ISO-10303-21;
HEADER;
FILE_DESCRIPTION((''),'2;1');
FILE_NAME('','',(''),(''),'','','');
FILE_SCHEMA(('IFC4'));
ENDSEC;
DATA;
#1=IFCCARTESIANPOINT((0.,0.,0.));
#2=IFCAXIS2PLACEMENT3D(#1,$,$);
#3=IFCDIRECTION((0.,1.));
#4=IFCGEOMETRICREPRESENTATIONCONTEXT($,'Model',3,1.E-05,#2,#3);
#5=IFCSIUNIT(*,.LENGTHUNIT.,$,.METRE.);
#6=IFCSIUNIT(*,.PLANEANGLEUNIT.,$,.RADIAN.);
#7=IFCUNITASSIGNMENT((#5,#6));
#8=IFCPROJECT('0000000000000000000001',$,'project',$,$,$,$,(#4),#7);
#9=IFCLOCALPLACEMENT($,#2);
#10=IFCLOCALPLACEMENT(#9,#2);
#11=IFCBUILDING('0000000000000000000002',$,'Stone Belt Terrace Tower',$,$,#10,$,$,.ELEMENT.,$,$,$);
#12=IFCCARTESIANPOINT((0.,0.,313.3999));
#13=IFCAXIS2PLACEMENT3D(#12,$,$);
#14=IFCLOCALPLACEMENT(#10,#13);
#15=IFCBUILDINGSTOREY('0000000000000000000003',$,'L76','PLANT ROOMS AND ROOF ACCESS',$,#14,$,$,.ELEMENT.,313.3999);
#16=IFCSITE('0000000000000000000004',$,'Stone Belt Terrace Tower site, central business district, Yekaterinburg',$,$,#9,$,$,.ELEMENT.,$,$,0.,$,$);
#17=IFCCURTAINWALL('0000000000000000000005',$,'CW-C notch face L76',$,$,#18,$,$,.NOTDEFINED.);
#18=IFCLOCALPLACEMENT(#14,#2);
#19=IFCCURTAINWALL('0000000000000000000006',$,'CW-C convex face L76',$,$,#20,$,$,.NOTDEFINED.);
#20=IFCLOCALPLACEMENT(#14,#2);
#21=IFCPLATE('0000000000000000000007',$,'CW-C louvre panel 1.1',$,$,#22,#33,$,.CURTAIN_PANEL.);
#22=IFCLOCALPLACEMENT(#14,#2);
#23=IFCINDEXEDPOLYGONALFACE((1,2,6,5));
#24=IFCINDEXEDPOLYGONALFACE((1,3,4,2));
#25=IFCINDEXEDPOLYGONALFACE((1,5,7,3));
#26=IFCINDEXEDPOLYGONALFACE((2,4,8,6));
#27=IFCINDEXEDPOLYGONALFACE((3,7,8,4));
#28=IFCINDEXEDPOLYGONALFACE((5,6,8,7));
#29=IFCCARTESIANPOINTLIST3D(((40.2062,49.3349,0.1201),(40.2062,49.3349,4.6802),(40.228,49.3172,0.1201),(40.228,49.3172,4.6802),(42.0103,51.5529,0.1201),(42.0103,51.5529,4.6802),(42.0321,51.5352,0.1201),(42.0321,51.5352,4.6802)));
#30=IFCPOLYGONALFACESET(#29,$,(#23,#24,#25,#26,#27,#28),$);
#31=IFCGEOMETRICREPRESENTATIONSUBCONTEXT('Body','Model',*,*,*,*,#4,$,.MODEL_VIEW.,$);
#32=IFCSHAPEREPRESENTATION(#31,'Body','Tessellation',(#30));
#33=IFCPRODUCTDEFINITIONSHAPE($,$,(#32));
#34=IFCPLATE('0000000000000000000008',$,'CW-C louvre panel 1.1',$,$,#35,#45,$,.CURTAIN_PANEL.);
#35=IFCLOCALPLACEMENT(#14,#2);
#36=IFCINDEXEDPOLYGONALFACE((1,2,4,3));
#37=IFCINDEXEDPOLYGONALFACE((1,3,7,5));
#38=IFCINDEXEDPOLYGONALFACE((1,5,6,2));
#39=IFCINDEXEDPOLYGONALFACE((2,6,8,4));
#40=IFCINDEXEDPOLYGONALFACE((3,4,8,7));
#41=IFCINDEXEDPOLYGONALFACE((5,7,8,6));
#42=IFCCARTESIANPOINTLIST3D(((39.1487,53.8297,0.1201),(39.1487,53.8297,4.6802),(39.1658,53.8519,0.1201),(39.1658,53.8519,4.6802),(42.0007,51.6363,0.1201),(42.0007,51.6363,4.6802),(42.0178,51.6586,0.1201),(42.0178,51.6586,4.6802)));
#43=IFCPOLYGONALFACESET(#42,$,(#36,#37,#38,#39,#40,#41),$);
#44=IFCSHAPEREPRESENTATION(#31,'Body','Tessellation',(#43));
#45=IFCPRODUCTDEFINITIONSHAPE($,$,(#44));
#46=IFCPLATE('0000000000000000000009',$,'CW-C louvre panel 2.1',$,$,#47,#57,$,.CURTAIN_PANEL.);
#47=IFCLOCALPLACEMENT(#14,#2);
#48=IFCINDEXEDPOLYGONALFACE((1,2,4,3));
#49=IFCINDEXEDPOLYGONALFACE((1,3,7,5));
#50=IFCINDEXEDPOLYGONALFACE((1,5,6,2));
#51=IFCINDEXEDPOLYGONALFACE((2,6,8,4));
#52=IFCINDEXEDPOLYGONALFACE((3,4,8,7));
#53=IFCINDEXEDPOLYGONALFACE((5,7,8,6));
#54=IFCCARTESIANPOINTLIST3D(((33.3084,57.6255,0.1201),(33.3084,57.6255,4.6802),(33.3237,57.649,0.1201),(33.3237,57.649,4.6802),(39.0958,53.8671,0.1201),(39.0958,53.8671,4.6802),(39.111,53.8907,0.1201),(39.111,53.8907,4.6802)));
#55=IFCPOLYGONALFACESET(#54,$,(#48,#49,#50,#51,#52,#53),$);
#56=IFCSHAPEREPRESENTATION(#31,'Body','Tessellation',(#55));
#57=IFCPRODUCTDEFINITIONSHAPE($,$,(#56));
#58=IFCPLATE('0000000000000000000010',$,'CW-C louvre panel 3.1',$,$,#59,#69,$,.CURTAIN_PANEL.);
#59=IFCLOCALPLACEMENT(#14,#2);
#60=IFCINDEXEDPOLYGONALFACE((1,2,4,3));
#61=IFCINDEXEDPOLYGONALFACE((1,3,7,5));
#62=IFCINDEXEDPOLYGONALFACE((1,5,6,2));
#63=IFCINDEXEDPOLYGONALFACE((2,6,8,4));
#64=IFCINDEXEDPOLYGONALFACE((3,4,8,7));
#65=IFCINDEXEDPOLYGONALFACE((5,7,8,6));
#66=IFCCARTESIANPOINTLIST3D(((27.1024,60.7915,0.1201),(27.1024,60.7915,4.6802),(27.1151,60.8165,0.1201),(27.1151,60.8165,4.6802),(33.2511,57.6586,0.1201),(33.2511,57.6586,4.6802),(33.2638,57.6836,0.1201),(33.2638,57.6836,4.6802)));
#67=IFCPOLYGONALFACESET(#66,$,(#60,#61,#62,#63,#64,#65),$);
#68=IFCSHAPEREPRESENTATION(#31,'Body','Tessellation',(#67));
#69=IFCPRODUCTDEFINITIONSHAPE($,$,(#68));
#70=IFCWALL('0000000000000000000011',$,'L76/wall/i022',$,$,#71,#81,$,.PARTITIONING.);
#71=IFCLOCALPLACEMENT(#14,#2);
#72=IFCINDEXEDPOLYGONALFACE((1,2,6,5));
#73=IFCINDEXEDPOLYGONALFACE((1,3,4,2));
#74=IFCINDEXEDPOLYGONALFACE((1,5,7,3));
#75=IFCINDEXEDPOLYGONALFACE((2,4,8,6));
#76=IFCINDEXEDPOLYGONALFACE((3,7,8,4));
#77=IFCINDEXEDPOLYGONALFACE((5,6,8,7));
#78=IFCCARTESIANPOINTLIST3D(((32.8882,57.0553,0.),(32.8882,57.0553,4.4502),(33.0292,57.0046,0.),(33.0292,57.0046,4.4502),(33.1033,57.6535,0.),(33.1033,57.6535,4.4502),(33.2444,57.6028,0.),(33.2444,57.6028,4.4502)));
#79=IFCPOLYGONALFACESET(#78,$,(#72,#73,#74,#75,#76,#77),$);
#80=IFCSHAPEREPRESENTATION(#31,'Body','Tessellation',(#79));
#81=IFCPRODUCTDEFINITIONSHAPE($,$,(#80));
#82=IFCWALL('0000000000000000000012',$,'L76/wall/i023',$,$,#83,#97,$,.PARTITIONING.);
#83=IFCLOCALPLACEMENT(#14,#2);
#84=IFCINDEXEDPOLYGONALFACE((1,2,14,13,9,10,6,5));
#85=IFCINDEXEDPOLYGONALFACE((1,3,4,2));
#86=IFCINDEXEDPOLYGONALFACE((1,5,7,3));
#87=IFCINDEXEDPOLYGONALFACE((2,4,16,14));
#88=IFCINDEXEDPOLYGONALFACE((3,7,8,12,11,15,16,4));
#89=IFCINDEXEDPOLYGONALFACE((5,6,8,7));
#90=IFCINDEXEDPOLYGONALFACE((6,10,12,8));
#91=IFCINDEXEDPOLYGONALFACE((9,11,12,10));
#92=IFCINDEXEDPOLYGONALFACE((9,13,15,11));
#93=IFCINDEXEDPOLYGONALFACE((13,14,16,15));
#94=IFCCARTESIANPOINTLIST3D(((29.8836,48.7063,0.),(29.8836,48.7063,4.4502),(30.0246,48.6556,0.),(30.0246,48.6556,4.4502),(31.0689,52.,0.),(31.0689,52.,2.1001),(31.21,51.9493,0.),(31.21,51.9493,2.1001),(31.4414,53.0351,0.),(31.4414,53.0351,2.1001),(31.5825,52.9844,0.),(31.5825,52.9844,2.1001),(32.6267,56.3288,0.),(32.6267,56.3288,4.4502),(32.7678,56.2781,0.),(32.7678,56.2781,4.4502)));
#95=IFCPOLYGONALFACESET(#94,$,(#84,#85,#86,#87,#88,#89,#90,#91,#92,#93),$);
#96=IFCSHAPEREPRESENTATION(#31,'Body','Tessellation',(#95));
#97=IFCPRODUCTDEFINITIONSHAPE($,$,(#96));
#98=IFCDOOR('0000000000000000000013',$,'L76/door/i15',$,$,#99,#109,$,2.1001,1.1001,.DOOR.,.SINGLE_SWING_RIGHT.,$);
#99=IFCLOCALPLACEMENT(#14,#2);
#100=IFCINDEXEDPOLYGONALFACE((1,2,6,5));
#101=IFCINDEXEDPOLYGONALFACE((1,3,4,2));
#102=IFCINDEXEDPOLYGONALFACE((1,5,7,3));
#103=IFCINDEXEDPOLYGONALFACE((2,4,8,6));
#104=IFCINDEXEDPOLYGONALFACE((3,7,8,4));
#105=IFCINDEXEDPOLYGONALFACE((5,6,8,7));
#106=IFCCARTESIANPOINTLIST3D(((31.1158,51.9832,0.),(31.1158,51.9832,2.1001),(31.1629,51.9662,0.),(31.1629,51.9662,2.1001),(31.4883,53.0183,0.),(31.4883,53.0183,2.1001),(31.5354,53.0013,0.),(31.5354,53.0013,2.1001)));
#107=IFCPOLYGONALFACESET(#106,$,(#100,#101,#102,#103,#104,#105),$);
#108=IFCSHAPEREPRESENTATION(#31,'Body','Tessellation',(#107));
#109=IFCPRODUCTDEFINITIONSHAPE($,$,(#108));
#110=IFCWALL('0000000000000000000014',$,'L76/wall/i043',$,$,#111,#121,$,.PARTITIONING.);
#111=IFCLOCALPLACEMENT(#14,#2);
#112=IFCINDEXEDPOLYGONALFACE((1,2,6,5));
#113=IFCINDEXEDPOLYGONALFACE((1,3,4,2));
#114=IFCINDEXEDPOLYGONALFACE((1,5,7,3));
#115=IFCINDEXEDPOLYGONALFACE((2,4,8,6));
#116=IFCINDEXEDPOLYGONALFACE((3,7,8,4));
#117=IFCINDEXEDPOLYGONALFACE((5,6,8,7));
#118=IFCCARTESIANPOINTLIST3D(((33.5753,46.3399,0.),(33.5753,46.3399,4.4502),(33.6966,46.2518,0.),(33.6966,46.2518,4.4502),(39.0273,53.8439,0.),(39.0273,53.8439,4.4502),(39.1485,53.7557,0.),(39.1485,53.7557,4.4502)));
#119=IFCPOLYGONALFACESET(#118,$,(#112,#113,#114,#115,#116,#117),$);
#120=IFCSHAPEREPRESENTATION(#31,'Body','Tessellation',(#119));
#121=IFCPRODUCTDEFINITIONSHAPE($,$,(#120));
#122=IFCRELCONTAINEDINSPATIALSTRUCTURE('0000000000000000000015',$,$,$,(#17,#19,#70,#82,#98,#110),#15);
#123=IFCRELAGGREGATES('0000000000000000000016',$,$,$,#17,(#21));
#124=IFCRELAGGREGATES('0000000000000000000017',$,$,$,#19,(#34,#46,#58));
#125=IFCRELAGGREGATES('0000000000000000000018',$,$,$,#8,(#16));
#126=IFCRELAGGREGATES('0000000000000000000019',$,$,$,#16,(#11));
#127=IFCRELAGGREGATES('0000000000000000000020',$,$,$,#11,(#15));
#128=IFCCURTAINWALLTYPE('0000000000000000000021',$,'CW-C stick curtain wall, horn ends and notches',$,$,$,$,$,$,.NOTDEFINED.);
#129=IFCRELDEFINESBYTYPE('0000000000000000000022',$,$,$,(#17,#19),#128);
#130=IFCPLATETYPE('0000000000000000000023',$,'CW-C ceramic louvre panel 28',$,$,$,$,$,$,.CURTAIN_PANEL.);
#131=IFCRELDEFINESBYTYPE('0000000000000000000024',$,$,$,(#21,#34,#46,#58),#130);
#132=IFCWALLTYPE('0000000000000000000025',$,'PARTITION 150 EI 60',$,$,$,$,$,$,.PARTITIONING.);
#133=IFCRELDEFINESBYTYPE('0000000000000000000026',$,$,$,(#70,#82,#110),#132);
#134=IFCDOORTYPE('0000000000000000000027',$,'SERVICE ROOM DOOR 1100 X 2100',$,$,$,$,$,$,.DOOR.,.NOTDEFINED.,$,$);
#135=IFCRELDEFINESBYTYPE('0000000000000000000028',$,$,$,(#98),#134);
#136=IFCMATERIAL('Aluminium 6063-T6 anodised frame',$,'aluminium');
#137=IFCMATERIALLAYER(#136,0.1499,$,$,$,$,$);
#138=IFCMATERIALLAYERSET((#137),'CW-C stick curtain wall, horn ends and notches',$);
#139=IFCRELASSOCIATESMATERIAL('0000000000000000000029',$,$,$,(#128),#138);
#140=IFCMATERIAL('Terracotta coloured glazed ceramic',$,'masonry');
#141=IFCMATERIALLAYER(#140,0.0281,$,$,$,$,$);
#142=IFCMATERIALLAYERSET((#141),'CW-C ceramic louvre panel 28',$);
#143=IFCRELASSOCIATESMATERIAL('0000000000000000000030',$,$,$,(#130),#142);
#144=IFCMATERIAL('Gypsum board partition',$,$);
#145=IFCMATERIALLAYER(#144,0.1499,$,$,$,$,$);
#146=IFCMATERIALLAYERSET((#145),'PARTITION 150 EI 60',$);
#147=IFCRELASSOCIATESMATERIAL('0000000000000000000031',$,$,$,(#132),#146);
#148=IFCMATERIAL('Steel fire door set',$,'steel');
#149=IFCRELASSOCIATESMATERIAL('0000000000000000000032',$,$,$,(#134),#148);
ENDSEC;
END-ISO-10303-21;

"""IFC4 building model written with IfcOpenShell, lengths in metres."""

from ifc_helpers import new_model, si_unit, direction, frame, frame_2d, origin, origin_2d, place, context, subcontext, project, spatial, rectangle, extrude, material, layer, layer_set, type_object, element, fill, aggregate, save


model = new_model("IFC4")

# Units and contexts
model_context = context("Model", 3, precision=1e-05, world=origin(), true_north=direction((0.0, 1.0)))
body_context = subcontext(model_context, "Body", "Model", "MODEL_VIEW")
ifc_project = project(units=[si_unit("LENGTHUNIT", "METRE"), si_unit("PLANEANGLEUNIT", "RADIAN")], contexts=[model_context])

# Site, building, storey
site_placement = place(None, origin())
site = spatial("IfcSite", under=ifc_project, at=site_placement, Name="Stone Belt Terrace Tower site, central business district, Yekaterinburg", CompositionType="ELEMENT", RefElevation=0.0)
building_placement = place(site_placement, origin())
building = spatial("IfcBuilding", under=site, at=building_placement, Name="Stone Belt Terrace Tower", CompositionType="ELEMENT")
storey_placement = place(building_placement, frame((0.0, 0.0, 313.3999)))
storey = spatial("IfcBuildingStorey", under=building, at=storey_placement, Name="L76", Description="PLANT ROOMS AND ROOF ACCESS", CompositionType="ELEMENT", Elevation=313.3999)

# Curtain wall
ifc_material_1 = material(Name="Aluminium 6063-T6 anodised frame", Category="aluminium")
ifc_layer_1 = layer(ifc_material_1, 0.1499)
ifc_layer_set_1 = layer_set([ifc_layer_1], Name="CW-C stick curtain wall, horn ends and notches")
curtain_wall_type = type_object("IfcCurtainWallType", Name="CW-C stick curtain wall, horn ends and notches", PredefinedType="NOTDEFINED", material=ifc_layer_set_1)
curtain_wall_1_placement = place(storey_placement, origin())
curtain_wall_1 = element("IfcCurtainWall", 1, at=curtain_wall_1_placement, inside=storey, type_object=curtain_wall_type, Name="CW-C notch face L76", PredefinedType="NOTDEFINED")

# Curtain wall
curtain_wall_2_placement = place(storey_placement, origin())
curtain_wall_2 = element("IfcCurtainWall", 2, at=curtain_wall_2_placement, inside=storey, type_object=curtain_wall_type, Name="CW-C convex face L76", PredefinedType="NOTDEFINED")

# Plates
ifc_material_2 = material(Name="Terracotta coloured glazed ceramic", Category="masonry")
ifc_layer_2 = layer(ifc_material_2, 0.0281)
ifc_layer_set_2 = layer_set([ifc_layer_2], Name="CW-C ceramic louvre panel 28")
plate_type = type_object("IfcPlateType", Name="CW-C ceramic louvre panel 28", PredefinedType="CURTAIN_PANEL", material=ifc_layer_set_2)
plate_1_placement = place(storey_placement, frame((41.1191, 50.4351, 0.1201), z_axis=(0.0, 0.0, 1.0), x_axis=(0.631001, 0.775782, 0.0)))
plate_1 = element("IfcPlate", 3, at=plate_1_placement, type_object=plate_type, Name="CW-C louvre panel 1.1", PredefinedType="CURTAIN_PANEL", context=body_context, shape_type="SweptSolid", body=[
    extrude(rectangle(XDim=2.8591, YDim=0.0281, at=origin_2d()), origin(), (0.0, 0.0, 1.0), 4.5601),
])
aggregate(curtain_wall_1, [plate_1])
plate_2_placement = place(storey_placement, frame((40.5833, 52.7441, 0.1201), z_axis=(0.0, 0.0, 1.0), x_axis=(-0.792694, 0.60962, 0.0)))
plate_2 = element("IfcPlate", 4, at=plate_2_placement, type_object=plate_type, Name="CW-C louvre panel 1.1", PredefinedType="CURTAIN_PANEL", context=body_context, shape_type="SweptSolid", body=[
    extrude(rectangle(XDim=3.5979, YDim=0.0281, at=origin_2d()), origin(), (0.0, 0.0, 1.0), 4.5601),
])
plate_3_placement = place(storey_placement, frame((36.2097, 55.7581, 0.1201), z_axis=(0.0, 0.0, 1.0), x_axis=(-0.838671, 0.544639, 0.0)))
plate_3 = element("IfcPlate", 5, at=plate_3_placement, type_object=plate_type, Name="CW-C louvre panel 2.1", PredefinedType="CURTAIN_PANEL", context=body_context, shape_type="SweptSolid", body=[
    extrude(rectangle(XDim=6.9006, YDim=0.0281, at=origin_2d()), origin(), (0.0, 0.0, 1.0), 4.5601),
])
plate_4_placement = place(storey_placement, frame((30.1831, 59.2375, 0.1201), z_axis=(0.0, 0.0, 1.0), x_axis=(-0.891007, 0.45399, 0.0)))
plate_4 = element("IfcPlate", 6, at=plate_4_placement, type_object=plate_type, Name="CW-C louvre panel 3.1", PredefinedType="CURTAIN_PANEL", context=body_context, shape_type="SweptSolid", body=[
    extrude(rectangle(XDim=6.9009, YDim=0.0281, at=origin_2d()), origin(), (0.0, 0.0, 1.0), 4.5601),
])
aggregate(curtain_wall_2, [plate_2, plate_3, plate_4])

# Wall
ifc_material_3 = material(Name="Gypsum board partition")
ifc_layer_3 = layer(ifc_material_3, 0.1499)
ifc_layer_set_3 = layer_set([ifc_layer_3], Name="PARTITION 150 EI 60")
wall_type = type_object("IfcWallType", Name="PARTITION 150 EI 60", PredefinedType="PARTITIONING", material=ifc_layer_set_3)
wall_1_placement = place(storey_placement, frame((33.1738, 57.6282, 0.0), z_axis=(0.0, 0.0, 1.0), x_axis=(-0.338379, -0.94101, 0.0)))
element("IfcWall", 7, at=wall_1_placement, inside=storey, type_object=wall_type, Name="L76/wall/i022", PredefinedType="PARTITIONING", context=body_context, shape_type="SweptSolid", body=[
    extrude(rectangle(XDim=0.6357, YDim=0.1499, at=frame_2d((0.3179, 0.0))), origin(), (0.0, 0.0, 1.0), 4.4502),
])

# Wall, opening, door
wall_2_placement = place(storey_placement, frame((32.6973, 56.3035, 0.0), z_axis=(0.0, 0.0, 1.0), x_axis=(-0.338615, -0.940925, 0.0)))
wall_2 = element("IfcWall", 8, at=wall_2_placement, inside=storey, type_object=wall_type, Name="L76/wall/i023", PredefinedType="PARTITIONING", context=body_context, shape_type="SweptSolid", body=[
    extrude(rectangle(XDim=8.1011, YDim=0.1499, at=frame_2d((4.0505, 0.0))), origin(), (0.0, 0.0, 1.0), 4.4502),
])
opening_placement = place(wall_2_placement, frame((3.5005, 0.0, 0.0)))
opening = element("IfcOpeningElement", 9, at=opening_placement, cuts=wall_2, PredefinedType="OPENING", context=body_context, shape_type="SweptSolid", body=[
    extrude(rectangle(XDim=1.1001, YDim=2.1001, at=frame_2d((0.55, 1.05))), frame((0.0, 0.085, 0.0), z_axis=(0.0, -1.0, 0.0), x_axis=(1.0, 0.0, 0.0)), (0.0, 0.0, 1.0), 0.1699),
])
ifc_material_4 = material(Name="Steel fire door set", Category="steel")
door_type = type_object("IfcDoorType", Name="SERVICE ROOM DOOR 1100 X 2100", OperationType="NOTDEFINED", PredefinedType="DOOR", material=ifc_material_4)
door_placement = place(opening_placement, origin())
door = element("IfcDoor", 10, at=door_placement, inside=storey, type_object=door_type, Name="L76/door/i15", OperationType="SINGLE_SWING_RIGHT", OverallHeight=2.1001, OverallWidth=1.1001, PredefinedType="DOOR", context=body_context, shape_type="SweptSolid", body=[
    extrude(rectangle(XDim=1.1001, YDim=2.1001, at=frame_2d((0.55, 1.05))), frame((0.0, 0.0249, 0.0), z_axis=(0.0, -1.0, 0.0), x_axis=(1.0, 0.0, 0.0)), (0.0, 0.0, 1.0), 0.05),
])
fill(opening, door)

# Wall
wall_3_placement = place(storey_placement, frame((39.0879, 53.7998, 0.0), z_axis=(0.0, 0.0, 1.0), x_axis=(-0.587785, -0.809017, 0.0)))
element("IfcWall", 11, at=wall_3_placement, inside=storey, type_object=wall_type, Name="L76/wall/i043", PredefinedType="PARTITIONING", context=body_context, shape_type="SweptSolid", body=[
    extrude(rectangle(XDim=9.2754, YDim=0.1499, at=frame_2d((4.6377, 0.0))), origin(), (0.0, 0.0, 1.0), 4.4502),
])

save(model, "model.ifc")
